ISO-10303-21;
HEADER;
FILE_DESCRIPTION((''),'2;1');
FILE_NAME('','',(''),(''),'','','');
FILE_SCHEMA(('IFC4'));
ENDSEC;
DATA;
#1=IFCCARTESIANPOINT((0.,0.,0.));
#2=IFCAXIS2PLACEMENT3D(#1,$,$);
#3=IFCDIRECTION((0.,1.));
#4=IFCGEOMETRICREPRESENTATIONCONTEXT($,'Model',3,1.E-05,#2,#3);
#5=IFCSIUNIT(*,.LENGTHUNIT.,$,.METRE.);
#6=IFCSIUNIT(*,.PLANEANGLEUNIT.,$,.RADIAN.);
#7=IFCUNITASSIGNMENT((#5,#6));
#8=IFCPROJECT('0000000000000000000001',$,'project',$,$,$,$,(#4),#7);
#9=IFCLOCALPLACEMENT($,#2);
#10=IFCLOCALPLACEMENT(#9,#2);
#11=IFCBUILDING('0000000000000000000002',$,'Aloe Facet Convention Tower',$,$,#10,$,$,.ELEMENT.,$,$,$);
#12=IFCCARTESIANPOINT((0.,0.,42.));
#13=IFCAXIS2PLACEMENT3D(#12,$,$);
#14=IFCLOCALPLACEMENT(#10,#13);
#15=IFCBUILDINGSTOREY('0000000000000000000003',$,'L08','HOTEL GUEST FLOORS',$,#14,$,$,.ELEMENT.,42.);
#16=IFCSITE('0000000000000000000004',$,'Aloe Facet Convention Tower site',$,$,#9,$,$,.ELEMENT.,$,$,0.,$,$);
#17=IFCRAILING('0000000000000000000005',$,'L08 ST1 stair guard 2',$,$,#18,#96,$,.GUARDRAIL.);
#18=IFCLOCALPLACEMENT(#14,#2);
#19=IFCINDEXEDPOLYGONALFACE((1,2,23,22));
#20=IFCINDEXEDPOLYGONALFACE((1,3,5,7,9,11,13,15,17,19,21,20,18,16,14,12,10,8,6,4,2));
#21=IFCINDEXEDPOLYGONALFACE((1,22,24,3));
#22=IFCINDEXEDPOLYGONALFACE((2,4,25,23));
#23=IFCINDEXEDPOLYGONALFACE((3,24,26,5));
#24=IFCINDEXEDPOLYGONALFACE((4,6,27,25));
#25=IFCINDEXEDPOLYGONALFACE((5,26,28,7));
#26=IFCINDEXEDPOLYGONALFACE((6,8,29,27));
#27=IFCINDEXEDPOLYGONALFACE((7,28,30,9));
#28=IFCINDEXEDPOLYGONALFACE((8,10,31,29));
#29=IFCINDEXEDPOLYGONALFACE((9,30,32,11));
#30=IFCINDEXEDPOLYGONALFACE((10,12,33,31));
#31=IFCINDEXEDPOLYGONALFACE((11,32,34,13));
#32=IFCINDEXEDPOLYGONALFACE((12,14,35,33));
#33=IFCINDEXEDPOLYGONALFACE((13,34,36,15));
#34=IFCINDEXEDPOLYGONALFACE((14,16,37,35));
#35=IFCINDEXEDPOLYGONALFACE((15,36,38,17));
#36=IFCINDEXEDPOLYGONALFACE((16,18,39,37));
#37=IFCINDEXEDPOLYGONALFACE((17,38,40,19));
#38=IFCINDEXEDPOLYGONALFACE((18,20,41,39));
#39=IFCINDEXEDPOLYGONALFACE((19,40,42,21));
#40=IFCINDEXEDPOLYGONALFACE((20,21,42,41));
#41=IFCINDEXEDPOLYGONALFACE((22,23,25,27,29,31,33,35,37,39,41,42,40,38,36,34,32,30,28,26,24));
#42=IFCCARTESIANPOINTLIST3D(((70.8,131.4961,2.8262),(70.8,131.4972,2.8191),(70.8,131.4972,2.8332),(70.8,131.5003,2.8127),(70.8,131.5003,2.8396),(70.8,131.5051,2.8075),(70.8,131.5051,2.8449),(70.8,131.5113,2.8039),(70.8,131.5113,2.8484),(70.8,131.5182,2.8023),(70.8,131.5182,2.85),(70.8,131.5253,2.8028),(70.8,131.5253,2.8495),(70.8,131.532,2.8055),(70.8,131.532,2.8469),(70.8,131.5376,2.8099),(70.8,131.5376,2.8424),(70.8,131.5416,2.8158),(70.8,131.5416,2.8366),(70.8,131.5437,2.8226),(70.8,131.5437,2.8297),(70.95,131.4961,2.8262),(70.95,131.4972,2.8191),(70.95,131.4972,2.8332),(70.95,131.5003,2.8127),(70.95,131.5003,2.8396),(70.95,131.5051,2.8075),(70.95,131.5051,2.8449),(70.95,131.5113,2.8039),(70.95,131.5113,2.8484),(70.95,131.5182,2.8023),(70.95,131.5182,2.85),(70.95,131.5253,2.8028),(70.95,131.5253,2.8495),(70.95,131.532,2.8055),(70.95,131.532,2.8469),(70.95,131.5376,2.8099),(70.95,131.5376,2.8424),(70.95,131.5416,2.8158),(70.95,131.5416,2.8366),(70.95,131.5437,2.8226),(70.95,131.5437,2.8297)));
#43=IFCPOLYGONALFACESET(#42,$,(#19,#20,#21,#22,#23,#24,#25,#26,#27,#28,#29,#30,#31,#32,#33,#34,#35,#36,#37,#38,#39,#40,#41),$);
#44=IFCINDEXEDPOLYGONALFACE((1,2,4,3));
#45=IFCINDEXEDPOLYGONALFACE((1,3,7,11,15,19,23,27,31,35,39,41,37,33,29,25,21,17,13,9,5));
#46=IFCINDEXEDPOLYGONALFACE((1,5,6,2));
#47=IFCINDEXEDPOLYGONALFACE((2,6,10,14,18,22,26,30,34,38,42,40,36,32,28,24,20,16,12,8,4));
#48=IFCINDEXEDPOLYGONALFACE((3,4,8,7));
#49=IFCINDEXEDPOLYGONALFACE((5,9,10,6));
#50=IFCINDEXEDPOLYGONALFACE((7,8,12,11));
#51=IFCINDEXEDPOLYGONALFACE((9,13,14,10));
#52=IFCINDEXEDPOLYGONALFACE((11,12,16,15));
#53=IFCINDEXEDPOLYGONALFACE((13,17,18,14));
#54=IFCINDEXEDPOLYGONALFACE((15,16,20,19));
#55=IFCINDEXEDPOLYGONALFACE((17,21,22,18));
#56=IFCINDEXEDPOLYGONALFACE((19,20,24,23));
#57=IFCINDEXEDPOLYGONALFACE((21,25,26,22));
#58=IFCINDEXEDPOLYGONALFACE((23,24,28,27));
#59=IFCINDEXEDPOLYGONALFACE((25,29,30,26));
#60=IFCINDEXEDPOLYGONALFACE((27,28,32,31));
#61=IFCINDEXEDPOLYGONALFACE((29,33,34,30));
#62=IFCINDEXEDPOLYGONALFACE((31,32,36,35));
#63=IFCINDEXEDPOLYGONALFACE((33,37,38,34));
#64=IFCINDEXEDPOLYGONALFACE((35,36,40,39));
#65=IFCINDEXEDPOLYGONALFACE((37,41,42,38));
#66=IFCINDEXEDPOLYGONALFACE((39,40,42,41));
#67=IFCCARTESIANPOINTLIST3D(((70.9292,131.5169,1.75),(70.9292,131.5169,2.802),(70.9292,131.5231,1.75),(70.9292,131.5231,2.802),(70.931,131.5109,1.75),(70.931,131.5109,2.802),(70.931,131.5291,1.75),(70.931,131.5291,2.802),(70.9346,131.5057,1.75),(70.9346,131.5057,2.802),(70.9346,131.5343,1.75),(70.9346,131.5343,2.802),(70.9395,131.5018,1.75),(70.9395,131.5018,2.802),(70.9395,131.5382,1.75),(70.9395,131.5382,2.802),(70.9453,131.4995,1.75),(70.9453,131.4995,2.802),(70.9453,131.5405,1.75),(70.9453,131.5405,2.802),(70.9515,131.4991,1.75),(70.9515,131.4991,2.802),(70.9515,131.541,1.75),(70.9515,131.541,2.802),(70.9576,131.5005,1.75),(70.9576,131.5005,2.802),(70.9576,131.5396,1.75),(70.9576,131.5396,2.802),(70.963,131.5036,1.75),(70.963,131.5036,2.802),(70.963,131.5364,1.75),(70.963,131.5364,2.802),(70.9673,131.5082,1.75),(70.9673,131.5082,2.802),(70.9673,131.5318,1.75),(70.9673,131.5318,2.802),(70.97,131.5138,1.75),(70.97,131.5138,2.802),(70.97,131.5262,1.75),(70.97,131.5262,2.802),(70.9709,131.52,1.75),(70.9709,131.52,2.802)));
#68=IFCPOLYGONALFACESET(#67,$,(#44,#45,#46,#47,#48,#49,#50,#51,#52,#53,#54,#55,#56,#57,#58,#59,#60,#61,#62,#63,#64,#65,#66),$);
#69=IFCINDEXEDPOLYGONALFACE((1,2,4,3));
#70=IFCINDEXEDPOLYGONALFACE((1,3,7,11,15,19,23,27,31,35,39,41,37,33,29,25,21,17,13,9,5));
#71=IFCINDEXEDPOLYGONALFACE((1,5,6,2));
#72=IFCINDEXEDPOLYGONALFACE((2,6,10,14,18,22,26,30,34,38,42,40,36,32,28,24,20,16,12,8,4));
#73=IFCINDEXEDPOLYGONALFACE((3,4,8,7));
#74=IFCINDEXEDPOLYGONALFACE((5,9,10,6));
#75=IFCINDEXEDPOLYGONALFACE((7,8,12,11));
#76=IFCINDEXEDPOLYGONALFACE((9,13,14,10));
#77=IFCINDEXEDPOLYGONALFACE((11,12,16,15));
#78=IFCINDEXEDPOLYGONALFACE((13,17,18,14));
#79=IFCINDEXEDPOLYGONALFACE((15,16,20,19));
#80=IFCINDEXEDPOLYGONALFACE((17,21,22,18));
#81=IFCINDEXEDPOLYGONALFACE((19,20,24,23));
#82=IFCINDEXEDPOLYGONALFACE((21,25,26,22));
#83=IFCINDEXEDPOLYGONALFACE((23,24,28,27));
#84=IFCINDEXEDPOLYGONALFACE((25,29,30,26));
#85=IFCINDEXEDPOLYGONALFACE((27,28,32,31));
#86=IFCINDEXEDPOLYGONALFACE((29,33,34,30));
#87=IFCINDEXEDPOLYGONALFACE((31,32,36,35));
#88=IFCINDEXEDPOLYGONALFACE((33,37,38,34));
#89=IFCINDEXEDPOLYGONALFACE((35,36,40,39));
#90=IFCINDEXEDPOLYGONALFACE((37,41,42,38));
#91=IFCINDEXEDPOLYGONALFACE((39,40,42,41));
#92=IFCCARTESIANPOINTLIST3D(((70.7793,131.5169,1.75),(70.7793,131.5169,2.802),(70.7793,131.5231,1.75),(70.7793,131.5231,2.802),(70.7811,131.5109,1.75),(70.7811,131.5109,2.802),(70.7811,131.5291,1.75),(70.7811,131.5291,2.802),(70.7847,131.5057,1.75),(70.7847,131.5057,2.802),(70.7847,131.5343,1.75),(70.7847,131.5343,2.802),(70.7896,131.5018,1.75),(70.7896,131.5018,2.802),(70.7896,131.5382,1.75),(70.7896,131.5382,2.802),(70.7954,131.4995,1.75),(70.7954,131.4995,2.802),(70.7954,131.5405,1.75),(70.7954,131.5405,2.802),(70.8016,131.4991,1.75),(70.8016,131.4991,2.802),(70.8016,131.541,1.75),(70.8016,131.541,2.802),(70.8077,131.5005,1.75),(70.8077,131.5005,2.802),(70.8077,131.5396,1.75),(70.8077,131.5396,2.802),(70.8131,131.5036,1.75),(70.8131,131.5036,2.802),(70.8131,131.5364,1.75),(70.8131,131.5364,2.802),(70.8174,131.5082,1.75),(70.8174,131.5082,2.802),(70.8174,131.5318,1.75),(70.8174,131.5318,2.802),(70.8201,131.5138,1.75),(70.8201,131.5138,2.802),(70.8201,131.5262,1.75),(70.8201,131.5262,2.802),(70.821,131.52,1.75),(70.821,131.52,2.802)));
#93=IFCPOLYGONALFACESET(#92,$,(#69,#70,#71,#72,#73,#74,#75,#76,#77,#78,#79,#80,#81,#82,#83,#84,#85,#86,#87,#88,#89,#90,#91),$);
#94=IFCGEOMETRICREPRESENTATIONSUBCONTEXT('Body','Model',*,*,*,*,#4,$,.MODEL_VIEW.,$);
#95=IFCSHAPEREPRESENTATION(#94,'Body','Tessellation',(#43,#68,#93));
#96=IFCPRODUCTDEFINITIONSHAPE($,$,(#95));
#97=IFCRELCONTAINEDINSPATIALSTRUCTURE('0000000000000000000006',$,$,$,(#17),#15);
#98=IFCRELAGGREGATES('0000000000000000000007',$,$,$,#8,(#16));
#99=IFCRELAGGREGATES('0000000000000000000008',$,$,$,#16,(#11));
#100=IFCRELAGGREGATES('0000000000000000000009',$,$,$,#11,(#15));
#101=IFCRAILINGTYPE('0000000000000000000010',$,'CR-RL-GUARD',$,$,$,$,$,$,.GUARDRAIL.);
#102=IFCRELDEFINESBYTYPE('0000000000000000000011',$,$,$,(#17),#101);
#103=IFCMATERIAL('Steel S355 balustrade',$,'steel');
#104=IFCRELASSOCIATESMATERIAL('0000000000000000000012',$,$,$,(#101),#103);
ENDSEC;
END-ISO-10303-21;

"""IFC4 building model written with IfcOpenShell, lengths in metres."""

from ifc_helpers import new_model, si_unit, direction, frame, origin, origin_2d, place, context, subcontext, project, spatial, circle, extrude, material, type_object, element, save


model = new_model("IFC4")

# Units and contexts
model_context = context("Model", 3, precision=1e-05, world=origin(), true_north=direction((0.0, 1.0)))
body_context = subcontext(model_context, "Body", "Model", "MODEL_VIEW")
ifc_project = project(units=[si_unit("LENGTHUNIT", "METRE"), si_unit("PLANEANGLEUNIT", "RADIAN")], contexts=[model_context])

# Site, building, storey
site_placement = place(None, origin())
site = spatial("IfcSite", under=ifc_project, at=site_placement, Name="Aloe Facet Convention Tower site", CompositionType="ELEMENT", RefElevation=0.0)
building_placement = place(site_placement, origin())
building = spatial("IfcBuilding", under=site, at=building_placement, Name="Aloe Facet Convention Tower", CompositionType="ELEMENT")
storey_placement = place(building_placement, frame((0.0, 0.0, 42.0)))
storey = spatial("IfcBuildingStorey", under=building, at=storey_placement, Name="L08", Description="HOTEL GUEST FLOORS", CompositionType="ELEMENT", Elevation=42.0)

# Railing
ifc_material_1 = material(Name="Steel S355 balustrade", Category="steel")
railing_type_1 = type_object("IfcRailingType", Name="CR-RL-GUARD", PredefinedType="GUARDRAIL", material=ifc_material_1)
railing_1_placement = place(storey_placement, frame((70.95, 131.52, 1.75)))
element("IfcRailing", 1, at=railing_1_placement, inside=storey, type_object=railing_type_1, Name="L08 ST1 stair guard 2", PredefinedType="GUARDRAIL", context=body_context, shape_type="SweptSolid", body=[
    extrude(circle(Radius=0.0239, at=origin_2d()), frame((0.0, 0.0, 1.0762), z_axis=(-1.0, 0.0, 0.0), x_axis=(0.0, -1.0, 0.0)), (0.0, 0.0, 1.0), 0.1499),
    extrude(circle(Radius=0.021, at=origin_2d()), origin(), (0.0, 0.0, 1.0), 1.052),
    extrude(circle(Radius=0.021, at=origin_2d()), frame((-0.1499, 0.0, 0.0)), (0.0, 0.0, 1.0), 1.052),
])

save(model, "model.ifc")
